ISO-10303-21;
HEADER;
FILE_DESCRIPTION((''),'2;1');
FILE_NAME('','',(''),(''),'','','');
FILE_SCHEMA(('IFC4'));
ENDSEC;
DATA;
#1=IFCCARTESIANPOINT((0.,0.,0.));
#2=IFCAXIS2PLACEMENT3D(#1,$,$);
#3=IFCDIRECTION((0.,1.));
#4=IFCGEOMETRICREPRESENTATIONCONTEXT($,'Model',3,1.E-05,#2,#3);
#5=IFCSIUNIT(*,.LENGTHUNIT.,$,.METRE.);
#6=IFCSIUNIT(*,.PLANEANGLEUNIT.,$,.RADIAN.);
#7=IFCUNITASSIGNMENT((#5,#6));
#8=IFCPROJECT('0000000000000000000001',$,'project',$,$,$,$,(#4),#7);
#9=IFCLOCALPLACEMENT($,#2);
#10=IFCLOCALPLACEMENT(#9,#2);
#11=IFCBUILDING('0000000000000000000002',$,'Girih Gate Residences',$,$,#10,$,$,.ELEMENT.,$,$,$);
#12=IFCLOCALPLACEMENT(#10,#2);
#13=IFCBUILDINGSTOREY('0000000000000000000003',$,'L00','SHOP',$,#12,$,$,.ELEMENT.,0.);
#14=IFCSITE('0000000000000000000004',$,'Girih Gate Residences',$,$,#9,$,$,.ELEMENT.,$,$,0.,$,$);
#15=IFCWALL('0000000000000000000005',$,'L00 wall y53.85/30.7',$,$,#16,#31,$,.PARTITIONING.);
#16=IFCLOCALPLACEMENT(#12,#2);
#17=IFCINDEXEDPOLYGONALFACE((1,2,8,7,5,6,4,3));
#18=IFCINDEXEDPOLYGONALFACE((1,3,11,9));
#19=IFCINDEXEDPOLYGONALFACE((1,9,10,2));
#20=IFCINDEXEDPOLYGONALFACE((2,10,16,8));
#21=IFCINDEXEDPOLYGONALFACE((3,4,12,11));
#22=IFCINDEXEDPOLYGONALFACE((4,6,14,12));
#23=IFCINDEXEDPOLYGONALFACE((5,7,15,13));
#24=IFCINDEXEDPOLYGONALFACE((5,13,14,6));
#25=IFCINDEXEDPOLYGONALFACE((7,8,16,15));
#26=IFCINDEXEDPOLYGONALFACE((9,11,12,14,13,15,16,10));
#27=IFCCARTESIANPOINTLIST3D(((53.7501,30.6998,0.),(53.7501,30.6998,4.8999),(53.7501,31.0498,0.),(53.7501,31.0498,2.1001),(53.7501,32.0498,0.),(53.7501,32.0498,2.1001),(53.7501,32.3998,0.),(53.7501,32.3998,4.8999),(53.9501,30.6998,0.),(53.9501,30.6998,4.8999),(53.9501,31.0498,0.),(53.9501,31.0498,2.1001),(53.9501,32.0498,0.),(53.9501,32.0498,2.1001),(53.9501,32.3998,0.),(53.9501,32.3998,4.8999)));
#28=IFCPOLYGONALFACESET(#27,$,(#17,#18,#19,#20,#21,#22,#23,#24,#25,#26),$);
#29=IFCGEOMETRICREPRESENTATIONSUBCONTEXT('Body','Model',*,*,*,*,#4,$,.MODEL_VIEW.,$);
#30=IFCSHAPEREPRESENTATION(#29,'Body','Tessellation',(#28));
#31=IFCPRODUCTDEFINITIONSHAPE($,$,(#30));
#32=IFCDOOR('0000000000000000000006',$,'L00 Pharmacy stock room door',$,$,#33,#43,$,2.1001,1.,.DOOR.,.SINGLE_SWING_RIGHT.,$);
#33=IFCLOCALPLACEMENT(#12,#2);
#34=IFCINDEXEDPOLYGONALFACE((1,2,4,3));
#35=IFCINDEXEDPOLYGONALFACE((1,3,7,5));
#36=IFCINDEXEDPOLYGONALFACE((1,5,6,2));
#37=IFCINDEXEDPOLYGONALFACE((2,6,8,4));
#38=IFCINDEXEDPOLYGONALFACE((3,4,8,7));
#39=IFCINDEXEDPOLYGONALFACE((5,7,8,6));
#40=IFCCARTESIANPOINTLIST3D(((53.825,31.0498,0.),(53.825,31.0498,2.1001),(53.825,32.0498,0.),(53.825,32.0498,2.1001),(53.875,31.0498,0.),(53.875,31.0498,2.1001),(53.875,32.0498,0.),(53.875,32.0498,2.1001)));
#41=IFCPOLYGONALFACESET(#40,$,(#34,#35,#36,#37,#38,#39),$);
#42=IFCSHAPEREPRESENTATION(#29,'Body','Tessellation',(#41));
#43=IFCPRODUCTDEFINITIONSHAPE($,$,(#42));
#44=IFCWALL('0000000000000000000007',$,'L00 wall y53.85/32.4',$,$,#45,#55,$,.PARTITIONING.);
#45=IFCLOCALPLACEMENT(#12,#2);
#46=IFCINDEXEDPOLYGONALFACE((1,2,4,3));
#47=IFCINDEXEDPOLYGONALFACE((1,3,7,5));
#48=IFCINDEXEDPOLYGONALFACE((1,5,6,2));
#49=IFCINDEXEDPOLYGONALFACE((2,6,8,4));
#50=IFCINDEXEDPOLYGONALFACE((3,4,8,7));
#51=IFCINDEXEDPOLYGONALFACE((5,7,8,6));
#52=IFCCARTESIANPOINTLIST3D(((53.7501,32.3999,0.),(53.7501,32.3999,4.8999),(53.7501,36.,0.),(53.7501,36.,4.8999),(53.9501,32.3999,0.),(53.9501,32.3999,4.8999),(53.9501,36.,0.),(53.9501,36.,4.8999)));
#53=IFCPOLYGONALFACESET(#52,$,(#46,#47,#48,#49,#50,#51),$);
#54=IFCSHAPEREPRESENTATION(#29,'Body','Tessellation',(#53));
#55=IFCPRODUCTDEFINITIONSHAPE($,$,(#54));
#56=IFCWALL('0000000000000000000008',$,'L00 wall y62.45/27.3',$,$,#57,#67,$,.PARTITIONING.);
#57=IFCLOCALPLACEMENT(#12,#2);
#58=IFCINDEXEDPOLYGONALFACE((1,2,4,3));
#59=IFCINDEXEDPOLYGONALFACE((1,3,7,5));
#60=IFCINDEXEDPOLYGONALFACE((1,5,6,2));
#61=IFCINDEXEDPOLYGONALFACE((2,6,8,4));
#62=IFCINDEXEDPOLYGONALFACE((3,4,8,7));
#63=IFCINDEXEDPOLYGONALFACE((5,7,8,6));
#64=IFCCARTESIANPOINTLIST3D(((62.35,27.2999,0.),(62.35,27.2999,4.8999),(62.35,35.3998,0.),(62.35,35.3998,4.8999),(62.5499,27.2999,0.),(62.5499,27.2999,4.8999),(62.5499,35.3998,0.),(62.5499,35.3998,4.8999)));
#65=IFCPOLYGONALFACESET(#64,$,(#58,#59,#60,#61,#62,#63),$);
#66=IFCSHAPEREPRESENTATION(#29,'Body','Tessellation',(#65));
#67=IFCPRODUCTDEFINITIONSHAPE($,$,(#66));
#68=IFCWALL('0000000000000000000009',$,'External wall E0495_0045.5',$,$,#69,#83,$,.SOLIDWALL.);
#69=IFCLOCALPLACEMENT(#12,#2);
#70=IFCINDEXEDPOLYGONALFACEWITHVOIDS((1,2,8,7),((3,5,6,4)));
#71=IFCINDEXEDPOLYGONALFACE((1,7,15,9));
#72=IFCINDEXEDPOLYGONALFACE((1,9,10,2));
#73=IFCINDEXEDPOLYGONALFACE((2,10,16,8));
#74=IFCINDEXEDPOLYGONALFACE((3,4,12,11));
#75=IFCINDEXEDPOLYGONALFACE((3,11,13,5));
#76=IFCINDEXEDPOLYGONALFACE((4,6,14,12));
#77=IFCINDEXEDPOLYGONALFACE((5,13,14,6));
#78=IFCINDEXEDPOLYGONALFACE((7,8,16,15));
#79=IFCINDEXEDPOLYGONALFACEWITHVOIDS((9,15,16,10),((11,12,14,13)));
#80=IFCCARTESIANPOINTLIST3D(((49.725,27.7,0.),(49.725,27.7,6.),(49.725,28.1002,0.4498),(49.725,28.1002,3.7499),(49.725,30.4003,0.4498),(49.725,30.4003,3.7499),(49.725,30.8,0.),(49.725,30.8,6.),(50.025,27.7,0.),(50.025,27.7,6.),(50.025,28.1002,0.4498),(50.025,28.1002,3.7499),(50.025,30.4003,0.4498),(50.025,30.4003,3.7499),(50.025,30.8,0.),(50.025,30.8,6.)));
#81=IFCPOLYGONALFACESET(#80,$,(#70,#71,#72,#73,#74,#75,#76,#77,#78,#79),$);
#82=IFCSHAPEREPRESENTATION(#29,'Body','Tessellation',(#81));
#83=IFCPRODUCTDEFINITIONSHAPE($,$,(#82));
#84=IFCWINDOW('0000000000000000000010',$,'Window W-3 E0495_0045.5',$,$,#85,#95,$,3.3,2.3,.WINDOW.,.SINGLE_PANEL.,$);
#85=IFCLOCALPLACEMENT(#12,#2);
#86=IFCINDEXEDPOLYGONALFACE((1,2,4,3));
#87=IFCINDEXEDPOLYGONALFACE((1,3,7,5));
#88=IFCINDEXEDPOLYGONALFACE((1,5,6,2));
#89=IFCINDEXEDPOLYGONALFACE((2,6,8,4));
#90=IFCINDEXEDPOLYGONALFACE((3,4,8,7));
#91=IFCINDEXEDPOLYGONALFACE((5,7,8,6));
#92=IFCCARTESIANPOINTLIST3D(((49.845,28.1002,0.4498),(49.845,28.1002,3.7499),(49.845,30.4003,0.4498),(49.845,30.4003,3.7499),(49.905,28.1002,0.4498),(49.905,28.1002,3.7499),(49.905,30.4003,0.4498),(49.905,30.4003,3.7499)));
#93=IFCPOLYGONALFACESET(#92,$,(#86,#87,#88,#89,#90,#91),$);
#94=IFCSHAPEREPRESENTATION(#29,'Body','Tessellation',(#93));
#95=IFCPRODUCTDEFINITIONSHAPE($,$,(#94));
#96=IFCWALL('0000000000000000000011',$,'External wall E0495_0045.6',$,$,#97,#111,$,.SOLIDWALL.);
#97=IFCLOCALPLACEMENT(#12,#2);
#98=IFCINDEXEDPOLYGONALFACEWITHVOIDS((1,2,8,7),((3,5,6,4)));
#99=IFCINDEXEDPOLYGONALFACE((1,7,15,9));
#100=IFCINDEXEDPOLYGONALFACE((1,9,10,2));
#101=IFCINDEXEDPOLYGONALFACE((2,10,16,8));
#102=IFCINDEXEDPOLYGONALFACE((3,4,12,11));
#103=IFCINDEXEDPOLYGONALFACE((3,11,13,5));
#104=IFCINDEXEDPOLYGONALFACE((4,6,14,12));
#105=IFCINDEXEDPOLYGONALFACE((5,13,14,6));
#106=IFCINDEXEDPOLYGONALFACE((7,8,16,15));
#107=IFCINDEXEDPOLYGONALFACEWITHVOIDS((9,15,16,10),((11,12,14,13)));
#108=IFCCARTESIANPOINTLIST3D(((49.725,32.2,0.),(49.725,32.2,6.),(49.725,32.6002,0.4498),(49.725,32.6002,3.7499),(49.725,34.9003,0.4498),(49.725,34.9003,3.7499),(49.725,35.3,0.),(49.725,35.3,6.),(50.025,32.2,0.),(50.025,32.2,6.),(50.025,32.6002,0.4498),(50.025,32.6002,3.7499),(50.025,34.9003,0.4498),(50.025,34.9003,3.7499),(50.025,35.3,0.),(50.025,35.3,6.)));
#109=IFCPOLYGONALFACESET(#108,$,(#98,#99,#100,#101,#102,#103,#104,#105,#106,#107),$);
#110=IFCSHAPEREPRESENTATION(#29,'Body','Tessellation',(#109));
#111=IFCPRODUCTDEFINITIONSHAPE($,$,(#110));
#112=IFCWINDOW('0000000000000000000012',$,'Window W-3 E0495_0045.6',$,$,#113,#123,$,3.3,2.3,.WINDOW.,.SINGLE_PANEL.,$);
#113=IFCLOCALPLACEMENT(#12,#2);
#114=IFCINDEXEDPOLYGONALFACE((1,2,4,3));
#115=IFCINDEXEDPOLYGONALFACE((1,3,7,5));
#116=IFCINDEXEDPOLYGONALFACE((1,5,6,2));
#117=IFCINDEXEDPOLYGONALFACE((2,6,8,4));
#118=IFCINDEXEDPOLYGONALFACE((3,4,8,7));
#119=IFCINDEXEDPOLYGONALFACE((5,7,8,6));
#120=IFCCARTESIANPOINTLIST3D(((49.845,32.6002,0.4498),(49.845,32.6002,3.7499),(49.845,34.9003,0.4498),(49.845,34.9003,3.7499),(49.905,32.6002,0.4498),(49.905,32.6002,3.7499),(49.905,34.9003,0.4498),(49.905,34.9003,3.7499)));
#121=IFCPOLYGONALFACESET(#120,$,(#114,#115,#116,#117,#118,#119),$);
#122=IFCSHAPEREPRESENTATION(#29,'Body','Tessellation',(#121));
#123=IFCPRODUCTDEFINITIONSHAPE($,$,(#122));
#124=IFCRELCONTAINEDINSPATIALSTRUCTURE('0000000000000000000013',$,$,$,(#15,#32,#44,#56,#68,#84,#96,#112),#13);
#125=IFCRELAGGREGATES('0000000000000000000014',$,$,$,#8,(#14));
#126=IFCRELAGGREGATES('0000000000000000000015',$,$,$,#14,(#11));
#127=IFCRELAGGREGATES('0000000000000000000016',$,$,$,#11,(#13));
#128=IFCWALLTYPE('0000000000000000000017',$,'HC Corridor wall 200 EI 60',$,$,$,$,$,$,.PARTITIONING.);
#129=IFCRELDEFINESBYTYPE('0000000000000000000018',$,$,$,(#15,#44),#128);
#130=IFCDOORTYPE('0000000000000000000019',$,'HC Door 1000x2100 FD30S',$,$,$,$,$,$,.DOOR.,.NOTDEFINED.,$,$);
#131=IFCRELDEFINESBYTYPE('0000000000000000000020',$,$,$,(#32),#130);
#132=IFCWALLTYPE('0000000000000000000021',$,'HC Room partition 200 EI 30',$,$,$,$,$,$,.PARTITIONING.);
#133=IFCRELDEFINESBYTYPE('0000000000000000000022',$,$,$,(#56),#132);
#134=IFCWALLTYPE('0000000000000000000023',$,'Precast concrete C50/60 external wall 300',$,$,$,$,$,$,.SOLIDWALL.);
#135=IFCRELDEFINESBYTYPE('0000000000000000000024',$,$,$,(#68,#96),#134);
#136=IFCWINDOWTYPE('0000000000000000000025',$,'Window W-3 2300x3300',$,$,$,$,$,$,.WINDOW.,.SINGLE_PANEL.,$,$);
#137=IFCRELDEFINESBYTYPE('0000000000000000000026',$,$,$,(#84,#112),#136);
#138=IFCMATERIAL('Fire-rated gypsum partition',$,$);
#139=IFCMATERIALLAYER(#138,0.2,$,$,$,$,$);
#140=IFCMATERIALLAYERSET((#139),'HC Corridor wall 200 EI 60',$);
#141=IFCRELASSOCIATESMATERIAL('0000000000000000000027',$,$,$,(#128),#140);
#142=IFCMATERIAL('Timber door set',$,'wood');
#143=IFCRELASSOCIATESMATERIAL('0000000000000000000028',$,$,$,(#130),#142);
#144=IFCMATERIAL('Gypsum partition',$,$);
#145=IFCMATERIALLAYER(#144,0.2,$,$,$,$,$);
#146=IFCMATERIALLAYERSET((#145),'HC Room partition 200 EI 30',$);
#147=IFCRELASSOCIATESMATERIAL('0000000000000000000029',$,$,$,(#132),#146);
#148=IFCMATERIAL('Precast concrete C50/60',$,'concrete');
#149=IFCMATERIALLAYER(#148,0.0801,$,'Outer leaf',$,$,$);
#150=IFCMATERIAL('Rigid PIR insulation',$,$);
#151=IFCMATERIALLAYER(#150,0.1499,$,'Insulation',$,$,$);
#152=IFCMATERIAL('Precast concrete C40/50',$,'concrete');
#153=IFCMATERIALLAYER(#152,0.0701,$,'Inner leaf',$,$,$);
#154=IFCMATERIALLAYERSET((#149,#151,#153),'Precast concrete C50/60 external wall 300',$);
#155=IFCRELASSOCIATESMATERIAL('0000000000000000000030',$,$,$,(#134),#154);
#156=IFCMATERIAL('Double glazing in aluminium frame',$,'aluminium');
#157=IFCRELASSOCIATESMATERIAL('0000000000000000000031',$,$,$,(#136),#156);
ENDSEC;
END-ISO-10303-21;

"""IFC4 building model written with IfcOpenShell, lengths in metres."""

from ifc_helpers import new_model, si_unit, direction, frame, frame_2d, origin, place, context, subcontext, project, spatial, rectangle, extrude, material, layer, layer_set, type_object, element, fill, save


model = new_model("IFC4")

# Units and contexts
model_context = context("Model", 3, precision=1e-05, world=origin(), true_north=direction((0.0, 1.0)))
body_context = subcontext(model_context, "Body", "Model", "MODEL_VIEW")
ifc_project = project(units=[si_unit("LENGTHUNIT", "METRE"), si_unit("PLANEANGLEUNIT", "RADIAN")], contexts=[model_context])

# Site, building, storey
site_placement = place(None, origin())
site = spatial("IfcSite", under=ifc_project, at=site_placement, Name="Girih Gate Residences", CompositionType="ELEMENT", RefElevation=0.0)
building_placement = place(site_placement, origin())
building = spatial("IfcBuilding", under=site, at=building_placement, Name="Girih Gate Residences", CompositionType="ELEMENT")
storey_placement = place(building_placement, origin())
storey = spatial("IfcBuildingStorey", under=building, at=storey_placement, Name="L00", Description="SHOP", CompositionType="ELEMENT", Elevation=0.0)

# Shared definitions
ifc_material_1 = material(Name="Fire-rated gypsum partition")
ifc_layer_1 = layer(ifc_material_1, 0.2)
ifc_layer_set_1 = layer_set([ifc_layer_1], Name="HC Corridor wall 200 EI 60")
wall_type_1 = type_object("IfcWallType", Name="HC Corridor wall 200 EI 60", PredefinedType="PARTITIONING", material=ifc_layer_set_1)

# Shared definitions
ifc_material_2 = material(Name="Timber door set", Category="wood")
door_type = type_object("IfcDoorType", Name="HC Door 1000x2100 FD30S", OperationType="NOTDEFINED", PredefinedType="DOOR", material=ifc_material_2)

# Wall, opening, door
wall_1_placement = place(storey_placement, frame((53.8501, 32.3999, 0.0), z_axis=(0.0, 0.0, 1.0), x_axis=(0.0, -1.0, 0.0)))
wall_1 = element("IfcWall", 1, at=wall_1_placement, inside=storey, type_object=wall_type_1, Name="L00 wall y53.85/30.7", PredefinedType="PARTITIONING", context=body_context, shape_type="SweptSolid", body=[
    extrude(rectangle(XDim=1.7, YDim=0.2, at=frame_2d((0.8501, 0.0))), origin(), (0.0, 0.0, 1.0), 4.8999),
])
opening_1_placement = place(wall_1_placement, frame((0.3501, 0.0, 0.0)))
opening_1 = element("IfcOpeningElement", 2, at=opening_1_placement, cuts=wall_1, PredefinedType="OPENING", context=body_context, shape_type="SweptSolid", body=[
    extrude(rectangle(XDim=1.0, YDim=2.1001, at=frame_2d((0.5, 1.05))), frame((0.0, 0.1099, 0.0), z_axis=(0.0, -1.0, 0.0), x_axis=(1.0, 0.0, 0.0)), (0.0, 0.0, 1.0), 0.22),
])
door_1_placement = place(opening_1_placement, origin())
door_1 = element("IfcDoor", 3, at=door_1_placement, inside=storey, type_object=door_type, Name="L00 Pharmacy stock room door", OperationType="SINGLE_SWING_RIGHT", OverallHeight=2.1001, OverallWidth=1.0, PredefinedType="DOOR", context=body_context, shape_type="SweptSolid", body=[
    extrude(rectangle(XDim=1.0, YDim=2.1001, at=frame_2d((0.5, 1.05))), frame((0.0, 0.0249, 0.0), z_axis=(0.0, -1.0, 0.0), x_axis=(1.0, 0.0, 0.0)), (0.0, 0.0, 1.0), 0.05),
])
fill(opening_1, door_1)

# Walls
wall_2_placement = place(storey_placement, frame((53.8501, 32.3999, 0.0), z_axis=(0.0, 0.0, 1.0), x_axis=(0.0, 1.0, 0.0)))
element("IfcWall", 4, at=wall_2_placement, inside=storey, type_object=wall_type_1, Name="L00 wall y53.85/32.4", PredefinedType="PARTITIONING", context=body_context, shape_type="SweptSolid", body=[
    extrude(rectangle(XDim=3.6001, YDim=0.2, at=frame_2d((1.8, 0.0))), origin(), (0.0, 0.0, 1.0), 4.8999),
])
ifc_material_3 = material(Name="Gypsum partition")
ifc_layer_2 = layer(ifc_material_3, 0.2)
ifc_layer_set_2 = layer_set([ifc_layer_2], Name="HC Room partition 200 EI 30")
wall_type_2 = type_object("IfcWallType", Name="HC Room partition 200 EI 30", PredefinedType="PARTITIONING", material=ifc_layer_set_2)
wall_3_placement = place(storey_placement, frame((62.45, 27.3, 0.0), z_axis=(0.0, 0.0, 1.0), x_axis=(0.0, 1.0, 0.0)))
element("IfcWall", 5, at=wall_3_placement, inside=storey, type_object=wall_type_2, Name="L00 wall y62.45/27.3", PredefinedType="PARTITIONING", context=body_context, shape_type="SweptSolid", body=[
    extrude(rectangle(XDim=8.0999, YDim=0.2, at=frame_2d((4.0498, 0.0))), origin(), (0.0, 0.0, 1.0), 4.8999),
])

# Walls, openings, windows
ifc_material_4 = material(Name="Precast concrete C50/60", Category="concrete")
ifc_layer_3 = layer(ifc_material_4, 0.0801, Name="Outer leaf")
ifc_material_5 = material(Name="Rigid PIR insulation")
ifc_layer_4 = layer(ifc_material_5, 0.1499, Name="Insulation")
ifc_material_6 = material(Name="Precast concrete C40/50", Category="concrete")
ifc_layer_5 = layer(ifc_material_6, 0.0701, Name="Inner leaf")
ifc_layer_set_3 = layer_set([ifc_layer_3, ifc_layer_4, ifc_layer_5], Name="Precast concrete C50/60 external wall 300")
wall_type_3 = type_object("IfcWallType", Name="Precast concrete C50/60 external wall 300", PredefinedType="SOLIDWALL", material=ifc_layer_set_3)
wall_4_placement = place(storey_placement, frame((49.875, 30.8, 0.0), z_axis=(0.0, 0.0, 1.0), x_axis=(0.0, -1.0, 0.0)))
wall_4 = element("IfcWall", 6, at=wall_4_placement, inside=storey, type_object=wall_type_3, Name="External wall E0495_0045.5", PredefinedType="SOLIDWALL", context=body_context, shape_type="SweptSolid", body=[
    extrude(rectangle(XDim=3.1001, YDim=0.3, at=frame_2d((1.55, 0.0))), origin(), (0.0, 0.0, 1.0), 6.0),
])
opening_2_placement = place(wall_4_placement, frame((0.3999, 0.0, 0.45)))
opening_2 = element("IfcOpeningElement", 7, at=opening_2_placement, cuts=wall_4, PredefinedType="OPENING", context=body_context, shape_type="SweptSolid", body=[
    extrude(rectangle(XDim=2.3, YDim=3.3, at=frame_2d((1.1499, 1.6499))), frame((0.0, 0.1599, 0.0), z_axis=(0.0, -1.0, 0.0), x_axis=(1.0, 0.0, 0.0)), (0.0, 0.0, 1.0), 0.3201),
])
ifc_material_7 = material(Name="Double glazing in aluminium frame", Category="aluminium")
window_type = type_object("IfcWindowType", Name="Window W-3 2300x3300", PartitioningType="SINGLE_PANEL", PredefinedType="WINDOW", material=ifc_material_7)
window_1_placement = place(opening_2_placement, origin())
window_1 = element("IfcWindow", 8, at=window_1_placement, inside=storey, type_object=window_type, Name="Window W-3 E0495_0045.5", OverallHeight=3.3, OverallWidth=2.3, PartitioningType="SINGLE_PANEL", PredefinedType="WINDOW", context=body_context, shape_type="SweptSolid", body=[
    extrude(rectangle(XDim=2.3, YDim=3.3, at=frame_2d((1.1499, 1.6499))), frame((0.0, 0.03, 0.0), z_axis=(0.0, -1.0, 0.0), x_axis=(1.0, 0.0, 0.0)), (0.0, 0.0, 1.0), 0.0601),
])
fill(opening_2, window_1)
wall_5_placement = place(storey_placement, frame((49.875, 35.3, 0.0), z_axis=(0.0, 0.0, 1.0), x_axis=(0.0, -1.0, 0.0)))
wall_5 = element("IfcWall", 9, at=wall_5_placement, inside=storey, type_object=wall_type_3, Name="External wall E0495_0045.6", PredefinedType="SOLIDWALL", context=body_context, shape_type="SweptSolid", body=[
    extrude(rectangle(XDim=3.1001, YDim=0.3, at=frame_2d((1.55, 0.0))), origin(), (0.0, 0.0, 1.0), 6.0),
])
opening_3_placement = place(wall_5_placement, frame((0.3999, 0.0, 0.45)))
opening_3 = element("IfcOpeningElement", 10, at=opening_3_placement, cuts=wall_5, PredefinedType="OPENING", context=body_context, shape_type="SweptSolid", body=[
    extrude(rectangle(XDim=2.3, YDim=3.3, at=frame_2d((1.1499, 1.6499))), frame((0.0, 0.1599, 0.0), z_axis=(0.0, -1.0, 0.0), x_axis=(1.0, 0.0, 0.0)), (0.0, 0.0, 1.0), 0.3201),
])
window_2_placement = place(opening_3_placement, origin())
window_2 = element("IfcWindow", 11, at=window_2_placement, inside=storey, type_object=window_type, Name="Window W-3 E0495_0045.6", OverallHeight=3.3, OverallWidth=2.3, PartitioningType="SINGLE_PANEL", PredefinedType="WINDOW", context=body_context, shape_type="SweptSolid", body=[
    extrude(rectangle(XDim=2.3, YDim=3.3, at=frame_2d((1.1499, 1.6499))), frame((0.0, 0.03, 0.0), z_axis=(0.0, -1.0, 0.0), x_axis=(1.0, 0.0, 0.0)), (0.0, 0.0, 1.0), 0.0601),
])
fill(opening_3, window_2)

save(model, "model.ifc")
